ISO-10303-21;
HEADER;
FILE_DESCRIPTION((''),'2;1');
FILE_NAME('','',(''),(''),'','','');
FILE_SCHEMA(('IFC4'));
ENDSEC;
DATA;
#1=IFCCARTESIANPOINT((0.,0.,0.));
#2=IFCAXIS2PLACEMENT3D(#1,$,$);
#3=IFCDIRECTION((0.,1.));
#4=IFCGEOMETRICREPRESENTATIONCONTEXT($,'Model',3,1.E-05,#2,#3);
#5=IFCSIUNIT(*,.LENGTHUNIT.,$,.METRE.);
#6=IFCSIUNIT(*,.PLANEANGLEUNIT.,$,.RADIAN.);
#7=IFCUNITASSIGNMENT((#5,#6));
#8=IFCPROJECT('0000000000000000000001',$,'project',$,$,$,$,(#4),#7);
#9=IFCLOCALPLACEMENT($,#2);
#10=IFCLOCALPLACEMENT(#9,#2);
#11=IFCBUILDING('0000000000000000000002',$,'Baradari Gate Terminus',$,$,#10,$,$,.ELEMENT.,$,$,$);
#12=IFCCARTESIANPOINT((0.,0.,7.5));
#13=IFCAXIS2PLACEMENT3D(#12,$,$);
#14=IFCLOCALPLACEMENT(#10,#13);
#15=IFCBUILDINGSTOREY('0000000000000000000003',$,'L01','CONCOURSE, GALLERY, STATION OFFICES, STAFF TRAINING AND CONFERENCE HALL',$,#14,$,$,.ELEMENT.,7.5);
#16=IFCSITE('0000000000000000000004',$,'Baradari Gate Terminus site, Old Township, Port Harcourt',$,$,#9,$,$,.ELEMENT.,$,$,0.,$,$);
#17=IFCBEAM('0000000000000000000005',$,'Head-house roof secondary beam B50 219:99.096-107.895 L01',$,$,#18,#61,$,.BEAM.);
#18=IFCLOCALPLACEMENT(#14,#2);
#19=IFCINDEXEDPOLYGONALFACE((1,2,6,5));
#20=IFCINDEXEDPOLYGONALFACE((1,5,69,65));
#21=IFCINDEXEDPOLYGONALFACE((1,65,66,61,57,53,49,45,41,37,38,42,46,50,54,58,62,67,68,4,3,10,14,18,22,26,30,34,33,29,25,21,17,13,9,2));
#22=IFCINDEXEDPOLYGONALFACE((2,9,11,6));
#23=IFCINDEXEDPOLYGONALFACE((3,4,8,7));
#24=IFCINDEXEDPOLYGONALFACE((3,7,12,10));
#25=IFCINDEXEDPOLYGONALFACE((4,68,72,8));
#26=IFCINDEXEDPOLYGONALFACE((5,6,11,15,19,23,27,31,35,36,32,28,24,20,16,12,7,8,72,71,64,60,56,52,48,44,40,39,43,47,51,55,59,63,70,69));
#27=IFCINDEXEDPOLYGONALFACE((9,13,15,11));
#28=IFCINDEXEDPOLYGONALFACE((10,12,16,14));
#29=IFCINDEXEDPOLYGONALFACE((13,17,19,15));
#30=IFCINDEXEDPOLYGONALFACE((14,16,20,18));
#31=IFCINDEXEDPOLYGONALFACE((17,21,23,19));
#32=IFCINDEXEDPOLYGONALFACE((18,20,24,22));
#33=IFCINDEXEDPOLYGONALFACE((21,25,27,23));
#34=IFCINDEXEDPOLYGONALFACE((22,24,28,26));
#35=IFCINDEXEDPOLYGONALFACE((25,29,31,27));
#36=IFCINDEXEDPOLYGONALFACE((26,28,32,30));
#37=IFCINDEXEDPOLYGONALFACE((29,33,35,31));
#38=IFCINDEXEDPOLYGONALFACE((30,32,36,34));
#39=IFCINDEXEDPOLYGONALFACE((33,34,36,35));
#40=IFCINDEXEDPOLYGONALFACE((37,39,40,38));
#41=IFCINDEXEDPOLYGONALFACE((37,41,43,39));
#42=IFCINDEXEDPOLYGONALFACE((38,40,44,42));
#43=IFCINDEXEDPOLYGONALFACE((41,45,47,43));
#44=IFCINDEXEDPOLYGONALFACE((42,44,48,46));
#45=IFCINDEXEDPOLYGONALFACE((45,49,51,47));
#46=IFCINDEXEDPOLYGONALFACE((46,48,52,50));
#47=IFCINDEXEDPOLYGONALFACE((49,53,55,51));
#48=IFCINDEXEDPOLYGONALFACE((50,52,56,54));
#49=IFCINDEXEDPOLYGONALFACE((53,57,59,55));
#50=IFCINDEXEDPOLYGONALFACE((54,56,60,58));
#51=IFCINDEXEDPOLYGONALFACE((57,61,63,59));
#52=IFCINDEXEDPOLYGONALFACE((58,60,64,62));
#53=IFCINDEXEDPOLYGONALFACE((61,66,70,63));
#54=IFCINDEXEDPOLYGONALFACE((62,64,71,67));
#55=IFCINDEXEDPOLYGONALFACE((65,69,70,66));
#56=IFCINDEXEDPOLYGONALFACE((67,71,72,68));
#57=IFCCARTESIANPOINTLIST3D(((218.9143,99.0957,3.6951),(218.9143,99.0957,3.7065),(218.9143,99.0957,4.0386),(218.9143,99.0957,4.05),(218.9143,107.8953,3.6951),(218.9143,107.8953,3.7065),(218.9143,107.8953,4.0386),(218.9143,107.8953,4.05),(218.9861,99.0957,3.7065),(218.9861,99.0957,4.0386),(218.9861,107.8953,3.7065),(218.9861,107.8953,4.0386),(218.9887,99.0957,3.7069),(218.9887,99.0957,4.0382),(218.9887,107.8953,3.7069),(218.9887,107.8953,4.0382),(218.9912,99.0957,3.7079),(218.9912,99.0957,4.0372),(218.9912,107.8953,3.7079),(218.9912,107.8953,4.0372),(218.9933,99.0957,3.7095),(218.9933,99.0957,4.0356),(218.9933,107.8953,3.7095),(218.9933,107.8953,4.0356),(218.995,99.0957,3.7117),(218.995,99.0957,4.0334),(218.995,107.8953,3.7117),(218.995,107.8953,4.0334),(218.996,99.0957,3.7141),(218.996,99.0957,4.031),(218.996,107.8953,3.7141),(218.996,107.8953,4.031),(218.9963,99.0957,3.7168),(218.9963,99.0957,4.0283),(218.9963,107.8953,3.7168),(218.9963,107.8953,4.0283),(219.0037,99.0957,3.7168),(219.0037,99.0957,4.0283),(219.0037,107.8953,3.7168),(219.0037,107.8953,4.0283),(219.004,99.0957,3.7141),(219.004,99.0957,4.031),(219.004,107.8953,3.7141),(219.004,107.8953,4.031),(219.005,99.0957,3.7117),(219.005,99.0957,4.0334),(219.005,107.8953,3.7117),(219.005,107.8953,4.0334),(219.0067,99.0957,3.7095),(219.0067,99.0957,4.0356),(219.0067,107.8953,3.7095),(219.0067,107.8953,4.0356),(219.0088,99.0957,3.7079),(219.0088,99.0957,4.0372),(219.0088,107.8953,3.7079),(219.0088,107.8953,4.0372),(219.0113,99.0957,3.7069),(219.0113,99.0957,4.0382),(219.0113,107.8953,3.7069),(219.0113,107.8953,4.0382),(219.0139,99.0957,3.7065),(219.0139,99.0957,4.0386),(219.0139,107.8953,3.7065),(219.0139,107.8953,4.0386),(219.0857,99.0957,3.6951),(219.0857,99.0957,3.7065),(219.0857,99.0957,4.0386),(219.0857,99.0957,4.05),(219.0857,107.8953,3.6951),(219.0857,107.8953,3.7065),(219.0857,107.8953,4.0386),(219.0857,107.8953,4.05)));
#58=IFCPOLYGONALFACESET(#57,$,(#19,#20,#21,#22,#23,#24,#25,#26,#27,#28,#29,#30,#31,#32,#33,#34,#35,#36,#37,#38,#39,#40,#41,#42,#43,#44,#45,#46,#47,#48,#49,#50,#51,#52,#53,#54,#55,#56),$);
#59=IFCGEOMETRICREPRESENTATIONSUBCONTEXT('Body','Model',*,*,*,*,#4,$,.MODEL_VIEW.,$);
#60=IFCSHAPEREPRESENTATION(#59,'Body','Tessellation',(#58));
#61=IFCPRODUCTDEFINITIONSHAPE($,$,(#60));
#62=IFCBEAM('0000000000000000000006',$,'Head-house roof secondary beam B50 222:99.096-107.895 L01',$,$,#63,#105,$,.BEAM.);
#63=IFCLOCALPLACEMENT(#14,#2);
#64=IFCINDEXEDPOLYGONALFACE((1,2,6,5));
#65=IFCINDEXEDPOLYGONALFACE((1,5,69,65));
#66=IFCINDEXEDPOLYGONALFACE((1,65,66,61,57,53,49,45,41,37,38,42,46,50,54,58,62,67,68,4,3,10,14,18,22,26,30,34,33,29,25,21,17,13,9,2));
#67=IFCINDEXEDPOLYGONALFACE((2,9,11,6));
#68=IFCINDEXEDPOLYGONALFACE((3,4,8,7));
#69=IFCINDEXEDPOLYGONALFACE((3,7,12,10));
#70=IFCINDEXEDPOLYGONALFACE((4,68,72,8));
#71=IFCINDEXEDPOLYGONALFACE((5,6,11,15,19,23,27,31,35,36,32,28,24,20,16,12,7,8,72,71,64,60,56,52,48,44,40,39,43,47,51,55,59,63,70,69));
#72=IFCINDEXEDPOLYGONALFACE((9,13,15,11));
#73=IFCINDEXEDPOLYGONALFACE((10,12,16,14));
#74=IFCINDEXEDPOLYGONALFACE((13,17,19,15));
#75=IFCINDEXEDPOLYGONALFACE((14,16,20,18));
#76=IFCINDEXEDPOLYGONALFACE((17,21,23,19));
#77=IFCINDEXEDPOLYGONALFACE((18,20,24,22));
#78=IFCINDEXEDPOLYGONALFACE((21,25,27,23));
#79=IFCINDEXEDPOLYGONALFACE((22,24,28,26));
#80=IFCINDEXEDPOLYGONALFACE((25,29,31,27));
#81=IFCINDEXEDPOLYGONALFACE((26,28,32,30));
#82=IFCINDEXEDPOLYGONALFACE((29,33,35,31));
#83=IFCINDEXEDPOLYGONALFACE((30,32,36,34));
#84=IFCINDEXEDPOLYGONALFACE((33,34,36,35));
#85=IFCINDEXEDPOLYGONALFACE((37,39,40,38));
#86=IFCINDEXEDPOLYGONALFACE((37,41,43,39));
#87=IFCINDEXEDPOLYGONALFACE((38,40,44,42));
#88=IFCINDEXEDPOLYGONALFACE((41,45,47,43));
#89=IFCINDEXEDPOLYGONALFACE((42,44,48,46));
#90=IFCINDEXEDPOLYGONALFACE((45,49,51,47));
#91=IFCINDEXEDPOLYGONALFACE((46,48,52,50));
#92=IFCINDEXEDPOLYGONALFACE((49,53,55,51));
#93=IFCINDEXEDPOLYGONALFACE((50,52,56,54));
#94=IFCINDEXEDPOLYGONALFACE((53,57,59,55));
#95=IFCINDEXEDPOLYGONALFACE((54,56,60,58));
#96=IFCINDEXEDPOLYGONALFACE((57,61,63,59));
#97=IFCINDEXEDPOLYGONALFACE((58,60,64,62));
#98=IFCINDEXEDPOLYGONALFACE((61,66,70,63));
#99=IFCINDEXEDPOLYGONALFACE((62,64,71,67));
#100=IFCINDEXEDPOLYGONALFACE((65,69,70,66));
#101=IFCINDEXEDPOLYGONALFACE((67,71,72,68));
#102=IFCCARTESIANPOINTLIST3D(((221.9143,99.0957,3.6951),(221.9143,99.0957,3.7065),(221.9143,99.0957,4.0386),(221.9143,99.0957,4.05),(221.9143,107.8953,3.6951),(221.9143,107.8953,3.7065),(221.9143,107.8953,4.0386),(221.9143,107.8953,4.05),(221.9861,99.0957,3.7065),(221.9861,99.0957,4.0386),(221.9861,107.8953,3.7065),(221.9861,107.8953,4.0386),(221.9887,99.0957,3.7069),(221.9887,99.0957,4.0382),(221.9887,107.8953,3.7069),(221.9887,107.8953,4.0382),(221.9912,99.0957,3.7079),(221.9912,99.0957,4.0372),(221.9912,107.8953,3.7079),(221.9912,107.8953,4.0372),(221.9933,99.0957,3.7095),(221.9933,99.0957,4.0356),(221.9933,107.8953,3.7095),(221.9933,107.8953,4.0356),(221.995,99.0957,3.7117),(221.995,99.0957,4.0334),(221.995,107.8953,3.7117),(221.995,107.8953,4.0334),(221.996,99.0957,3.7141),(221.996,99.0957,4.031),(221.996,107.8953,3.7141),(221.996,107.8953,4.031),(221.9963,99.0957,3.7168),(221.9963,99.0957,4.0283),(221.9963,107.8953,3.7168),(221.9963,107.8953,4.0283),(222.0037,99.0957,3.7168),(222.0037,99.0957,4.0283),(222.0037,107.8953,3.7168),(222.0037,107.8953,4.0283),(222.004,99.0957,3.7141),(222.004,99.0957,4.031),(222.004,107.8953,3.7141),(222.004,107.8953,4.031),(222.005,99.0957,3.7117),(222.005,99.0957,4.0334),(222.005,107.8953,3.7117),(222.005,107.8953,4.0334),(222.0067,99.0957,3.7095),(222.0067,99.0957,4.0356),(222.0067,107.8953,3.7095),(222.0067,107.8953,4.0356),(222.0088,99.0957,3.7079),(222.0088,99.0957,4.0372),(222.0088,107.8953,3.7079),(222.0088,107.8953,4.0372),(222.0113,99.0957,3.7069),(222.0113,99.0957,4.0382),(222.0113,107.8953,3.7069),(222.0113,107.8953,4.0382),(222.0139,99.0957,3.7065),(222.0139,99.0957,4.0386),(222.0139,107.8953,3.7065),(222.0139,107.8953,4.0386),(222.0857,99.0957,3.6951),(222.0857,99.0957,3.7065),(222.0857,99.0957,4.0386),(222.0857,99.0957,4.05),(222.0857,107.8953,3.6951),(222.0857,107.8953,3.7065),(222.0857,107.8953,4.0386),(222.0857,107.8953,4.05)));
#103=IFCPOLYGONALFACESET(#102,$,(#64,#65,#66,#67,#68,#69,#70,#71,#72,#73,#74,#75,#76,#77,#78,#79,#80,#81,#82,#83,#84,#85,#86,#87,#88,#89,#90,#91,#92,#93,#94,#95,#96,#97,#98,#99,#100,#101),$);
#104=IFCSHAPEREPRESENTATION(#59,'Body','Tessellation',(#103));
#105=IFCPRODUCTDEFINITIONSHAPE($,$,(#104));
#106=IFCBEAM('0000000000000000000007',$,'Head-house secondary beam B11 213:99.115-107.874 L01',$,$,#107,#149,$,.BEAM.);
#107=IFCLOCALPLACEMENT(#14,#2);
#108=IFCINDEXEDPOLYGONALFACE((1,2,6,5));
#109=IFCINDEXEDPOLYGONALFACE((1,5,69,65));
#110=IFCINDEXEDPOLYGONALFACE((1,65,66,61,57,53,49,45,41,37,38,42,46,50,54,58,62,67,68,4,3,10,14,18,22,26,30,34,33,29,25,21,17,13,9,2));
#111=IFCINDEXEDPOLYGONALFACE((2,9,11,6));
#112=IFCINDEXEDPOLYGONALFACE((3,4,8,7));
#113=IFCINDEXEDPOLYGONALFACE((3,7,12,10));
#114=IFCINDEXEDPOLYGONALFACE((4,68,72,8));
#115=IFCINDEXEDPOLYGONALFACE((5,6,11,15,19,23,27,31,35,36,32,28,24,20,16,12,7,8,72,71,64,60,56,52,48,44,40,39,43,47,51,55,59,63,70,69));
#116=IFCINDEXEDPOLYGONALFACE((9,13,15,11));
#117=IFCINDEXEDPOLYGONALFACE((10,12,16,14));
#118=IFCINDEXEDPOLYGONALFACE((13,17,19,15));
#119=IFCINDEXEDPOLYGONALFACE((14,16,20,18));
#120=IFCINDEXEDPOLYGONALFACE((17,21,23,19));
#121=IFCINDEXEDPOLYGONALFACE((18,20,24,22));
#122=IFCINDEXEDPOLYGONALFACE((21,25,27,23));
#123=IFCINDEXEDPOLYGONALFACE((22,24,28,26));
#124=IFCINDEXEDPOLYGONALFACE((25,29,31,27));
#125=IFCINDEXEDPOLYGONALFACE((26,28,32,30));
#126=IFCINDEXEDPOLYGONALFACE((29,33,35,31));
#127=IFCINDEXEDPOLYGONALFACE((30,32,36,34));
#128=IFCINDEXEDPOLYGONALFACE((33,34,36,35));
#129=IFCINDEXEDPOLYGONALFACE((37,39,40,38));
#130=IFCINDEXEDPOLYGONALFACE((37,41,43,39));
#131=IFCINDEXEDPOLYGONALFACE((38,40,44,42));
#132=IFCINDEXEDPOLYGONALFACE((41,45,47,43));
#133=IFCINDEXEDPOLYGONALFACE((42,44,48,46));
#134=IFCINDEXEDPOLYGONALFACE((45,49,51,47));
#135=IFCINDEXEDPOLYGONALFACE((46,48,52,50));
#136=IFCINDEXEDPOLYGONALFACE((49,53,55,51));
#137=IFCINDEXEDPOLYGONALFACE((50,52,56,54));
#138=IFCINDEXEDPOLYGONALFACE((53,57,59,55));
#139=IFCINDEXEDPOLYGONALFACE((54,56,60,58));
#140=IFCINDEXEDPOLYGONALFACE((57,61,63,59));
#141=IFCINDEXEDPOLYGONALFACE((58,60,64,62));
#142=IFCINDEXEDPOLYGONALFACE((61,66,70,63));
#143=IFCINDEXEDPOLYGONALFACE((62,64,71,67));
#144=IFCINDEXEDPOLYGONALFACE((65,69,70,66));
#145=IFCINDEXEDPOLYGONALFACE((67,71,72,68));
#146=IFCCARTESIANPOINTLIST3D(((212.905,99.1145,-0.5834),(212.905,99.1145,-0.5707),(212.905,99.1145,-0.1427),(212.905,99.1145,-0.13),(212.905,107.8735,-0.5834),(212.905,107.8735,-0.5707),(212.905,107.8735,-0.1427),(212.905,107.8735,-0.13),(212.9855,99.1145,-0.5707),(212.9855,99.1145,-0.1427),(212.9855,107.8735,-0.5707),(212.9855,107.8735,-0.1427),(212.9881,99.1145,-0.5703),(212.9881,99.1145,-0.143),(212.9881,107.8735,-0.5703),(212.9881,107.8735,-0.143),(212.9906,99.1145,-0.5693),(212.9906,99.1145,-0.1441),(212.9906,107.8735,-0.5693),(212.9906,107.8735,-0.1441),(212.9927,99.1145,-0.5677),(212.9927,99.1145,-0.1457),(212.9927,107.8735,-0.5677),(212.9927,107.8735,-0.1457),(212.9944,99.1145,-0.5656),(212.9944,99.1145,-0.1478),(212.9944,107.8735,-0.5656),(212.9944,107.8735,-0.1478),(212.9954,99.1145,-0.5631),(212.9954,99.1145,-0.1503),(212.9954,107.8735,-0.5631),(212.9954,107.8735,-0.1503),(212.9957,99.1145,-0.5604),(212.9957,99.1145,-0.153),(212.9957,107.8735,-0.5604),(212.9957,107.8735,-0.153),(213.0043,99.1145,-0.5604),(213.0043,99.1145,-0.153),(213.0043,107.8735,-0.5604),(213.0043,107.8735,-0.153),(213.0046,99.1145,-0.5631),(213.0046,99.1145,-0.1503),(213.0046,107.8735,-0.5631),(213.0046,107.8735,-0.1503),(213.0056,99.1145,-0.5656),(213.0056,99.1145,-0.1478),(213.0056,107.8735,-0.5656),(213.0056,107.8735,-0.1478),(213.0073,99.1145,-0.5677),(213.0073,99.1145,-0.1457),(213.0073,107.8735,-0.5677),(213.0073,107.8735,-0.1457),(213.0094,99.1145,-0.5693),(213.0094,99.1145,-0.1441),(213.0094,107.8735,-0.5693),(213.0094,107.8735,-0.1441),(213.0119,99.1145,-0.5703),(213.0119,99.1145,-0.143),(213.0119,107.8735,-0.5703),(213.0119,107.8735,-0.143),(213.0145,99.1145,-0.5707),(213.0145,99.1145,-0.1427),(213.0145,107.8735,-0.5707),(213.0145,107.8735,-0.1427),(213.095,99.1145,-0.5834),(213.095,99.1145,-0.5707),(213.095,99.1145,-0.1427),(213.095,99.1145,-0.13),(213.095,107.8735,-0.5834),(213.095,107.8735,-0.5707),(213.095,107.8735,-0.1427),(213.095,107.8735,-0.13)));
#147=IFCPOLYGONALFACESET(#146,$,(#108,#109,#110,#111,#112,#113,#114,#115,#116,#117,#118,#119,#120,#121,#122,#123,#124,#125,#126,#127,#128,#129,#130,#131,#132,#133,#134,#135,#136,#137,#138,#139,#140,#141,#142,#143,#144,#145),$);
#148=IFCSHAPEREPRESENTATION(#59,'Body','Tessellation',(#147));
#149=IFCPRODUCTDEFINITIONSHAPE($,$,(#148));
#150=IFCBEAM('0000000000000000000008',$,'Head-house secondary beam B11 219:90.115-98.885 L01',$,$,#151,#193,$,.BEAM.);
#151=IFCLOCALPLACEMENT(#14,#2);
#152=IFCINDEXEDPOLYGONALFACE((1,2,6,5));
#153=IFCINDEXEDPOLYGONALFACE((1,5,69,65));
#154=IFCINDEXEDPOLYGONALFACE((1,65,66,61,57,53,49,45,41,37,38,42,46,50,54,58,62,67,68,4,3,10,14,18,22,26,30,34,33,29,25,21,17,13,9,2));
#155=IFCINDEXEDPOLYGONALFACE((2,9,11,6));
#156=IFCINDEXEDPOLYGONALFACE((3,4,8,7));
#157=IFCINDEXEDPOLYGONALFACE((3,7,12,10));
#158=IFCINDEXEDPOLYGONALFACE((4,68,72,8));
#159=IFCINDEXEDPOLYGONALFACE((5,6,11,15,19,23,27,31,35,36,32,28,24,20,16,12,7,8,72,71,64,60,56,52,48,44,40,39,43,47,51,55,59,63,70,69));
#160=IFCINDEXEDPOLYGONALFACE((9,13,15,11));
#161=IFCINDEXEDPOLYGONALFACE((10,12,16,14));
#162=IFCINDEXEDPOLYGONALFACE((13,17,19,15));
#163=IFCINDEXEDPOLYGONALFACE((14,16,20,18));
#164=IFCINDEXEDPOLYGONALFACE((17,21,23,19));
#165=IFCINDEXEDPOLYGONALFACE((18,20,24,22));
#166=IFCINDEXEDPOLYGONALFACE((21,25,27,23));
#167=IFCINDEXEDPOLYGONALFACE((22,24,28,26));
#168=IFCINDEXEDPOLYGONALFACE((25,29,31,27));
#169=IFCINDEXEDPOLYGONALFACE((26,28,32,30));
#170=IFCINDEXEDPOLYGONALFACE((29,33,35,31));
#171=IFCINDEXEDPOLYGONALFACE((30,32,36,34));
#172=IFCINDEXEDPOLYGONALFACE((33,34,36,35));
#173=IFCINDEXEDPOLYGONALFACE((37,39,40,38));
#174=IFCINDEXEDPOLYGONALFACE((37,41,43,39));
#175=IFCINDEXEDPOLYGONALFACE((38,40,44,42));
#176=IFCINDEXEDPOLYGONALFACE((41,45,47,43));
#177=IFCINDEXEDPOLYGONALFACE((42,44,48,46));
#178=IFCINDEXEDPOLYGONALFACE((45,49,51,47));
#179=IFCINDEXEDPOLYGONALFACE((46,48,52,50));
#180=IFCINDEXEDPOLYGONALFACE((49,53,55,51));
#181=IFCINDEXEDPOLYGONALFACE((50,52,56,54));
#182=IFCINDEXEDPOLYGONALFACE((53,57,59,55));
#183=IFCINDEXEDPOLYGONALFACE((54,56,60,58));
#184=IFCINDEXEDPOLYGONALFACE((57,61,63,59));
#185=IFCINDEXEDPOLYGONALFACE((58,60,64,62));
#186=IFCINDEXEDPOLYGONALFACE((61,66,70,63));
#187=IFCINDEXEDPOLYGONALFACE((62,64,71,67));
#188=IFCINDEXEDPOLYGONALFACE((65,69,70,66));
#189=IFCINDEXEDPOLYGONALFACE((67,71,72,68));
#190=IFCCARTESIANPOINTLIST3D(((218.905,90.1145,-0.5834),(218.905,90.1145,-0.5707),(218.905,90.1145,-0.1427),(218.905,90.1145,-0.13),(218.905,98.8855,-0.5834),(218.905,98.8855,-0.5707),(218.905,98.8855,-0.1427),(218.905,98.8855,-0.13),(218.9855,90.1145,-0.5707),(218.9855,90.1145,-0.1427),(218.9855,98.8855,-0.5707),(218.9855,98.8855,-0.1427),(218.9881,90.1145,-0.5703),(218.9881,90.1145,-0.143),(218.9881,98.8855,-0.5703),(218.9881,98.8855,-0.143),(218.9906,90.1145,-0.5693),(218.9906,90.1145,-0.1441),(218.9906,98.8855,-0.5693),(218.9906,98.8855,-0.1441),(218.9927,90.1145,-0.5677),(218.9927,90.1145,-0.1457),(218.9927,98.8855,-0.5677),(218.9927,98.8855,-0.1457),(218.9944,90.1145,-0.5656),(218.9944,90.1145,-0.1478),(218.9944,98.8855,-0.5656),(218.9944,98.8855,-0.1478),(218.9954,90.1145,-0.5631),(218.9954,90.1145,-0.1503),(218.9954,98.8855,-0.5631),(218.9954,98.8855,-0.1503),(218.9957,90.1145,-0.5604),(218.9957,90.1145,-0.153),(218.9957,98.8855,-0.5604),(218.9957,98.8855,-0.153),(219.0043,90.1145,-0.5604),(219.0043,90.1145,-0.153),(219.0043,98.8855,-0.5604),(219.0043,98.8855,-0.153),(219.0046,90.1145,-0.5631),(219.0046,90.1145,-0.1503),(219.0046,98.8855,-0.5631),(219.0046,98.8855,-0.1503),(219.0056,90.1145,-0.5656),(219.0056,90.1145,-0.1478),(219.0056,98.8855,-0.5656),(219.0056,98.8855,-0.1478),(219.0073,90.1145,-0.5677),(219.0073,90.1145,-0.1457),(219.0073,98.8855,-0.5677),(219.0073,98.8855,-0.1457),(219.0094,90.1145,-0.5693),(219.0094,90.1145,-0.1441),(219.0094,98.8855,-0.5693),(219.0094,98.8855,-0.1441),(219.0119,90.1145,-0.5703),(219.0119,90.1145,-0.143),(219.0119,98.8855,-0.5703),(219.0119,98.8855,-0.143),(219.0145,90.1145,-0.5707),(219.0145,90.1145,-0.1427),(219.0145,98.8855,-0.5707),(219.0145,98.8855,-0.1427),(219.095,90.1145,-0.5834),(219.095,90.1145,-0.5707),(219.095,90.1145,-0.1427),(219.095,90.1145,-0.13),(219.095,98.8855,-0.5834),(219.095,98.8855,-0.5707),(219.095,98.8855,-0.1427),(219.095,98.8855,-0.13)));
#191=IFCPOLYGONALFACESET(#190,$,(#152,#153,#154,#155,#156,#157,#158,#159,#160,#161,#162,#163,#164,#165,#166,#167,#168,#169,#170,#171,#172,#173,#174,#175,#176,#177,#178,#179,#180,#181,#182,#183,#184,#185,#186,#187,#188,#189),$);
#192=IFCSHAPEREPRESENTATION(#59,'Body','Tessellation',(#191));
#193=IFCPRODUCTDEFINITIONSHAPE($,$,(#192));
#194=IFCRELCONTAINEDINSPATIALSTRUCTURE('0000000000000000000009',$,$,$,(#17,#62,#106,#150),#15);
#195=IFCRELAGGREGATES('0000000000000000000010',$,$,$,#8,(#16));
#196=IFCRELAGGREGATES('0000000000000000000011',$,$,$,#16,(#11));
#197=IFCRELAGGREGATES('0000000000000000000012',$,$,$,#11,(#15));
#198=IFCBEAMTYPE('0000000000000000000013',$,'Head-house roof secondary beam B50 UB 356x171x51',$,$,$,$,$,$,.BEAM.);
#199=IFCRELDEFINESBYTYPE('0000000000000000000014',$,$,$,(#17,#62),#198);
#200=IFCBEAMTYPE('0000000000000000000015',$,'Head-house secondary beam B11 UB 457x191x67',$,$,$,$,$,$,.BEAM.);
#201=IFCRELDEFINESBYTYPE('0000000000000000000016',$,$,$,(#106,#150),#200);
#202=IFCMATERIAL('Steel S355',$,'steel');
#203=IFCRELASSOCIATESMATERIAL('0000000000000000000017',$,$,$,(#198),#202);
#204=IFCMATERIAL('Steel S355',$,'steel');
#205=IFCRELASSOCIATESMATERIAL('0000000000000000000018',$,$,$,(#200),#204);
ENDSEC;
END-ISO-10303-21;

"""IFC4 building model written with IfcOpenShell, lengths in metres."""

from ifc_helpers import new_model, si_unit, direction, frame, origin, origin_2d, place, context, subcontext, project, spatial, i_section, extrude, material, material_profile, profile_set, type_object, element, save


model = new_model("IFC4")

# Units and contexts
model_context = context("Model", 3, precision=1e-05, world=origin(), true_north=direction((0.0, 1.0)))
body_context = subcontext(model_context, "Body", "Model", "MODEL_VIEW")
ifc_project = project(units=[si_unit("LENGTHUNIT", "METRE"), si_unit("PLANEANGLEUNIT", "RADIAN")], contexts=[model_context])

# Site, building, storey
site_placement = place(None, origin())
site = spatial("IfcSite", under=ifc_project, at=site_placement, Name="Baradari Gate Terminus site, Old Township, Port Harcourt", CompositionType="ELEMENT", RefElevation=0.0)
building_placement = place(site_placement, origin())
building = spatial("IfcBuilding", under=site, at=building_placement, Name="Baradari Gate Terminus", CompositionType="ELEMENT")
storey_placement = place(building_placement, frame((0.0, 0.0, 7.5)))
storey = spatial("IfcBuildingStorey", under=building, at=storey_placement, Name="L01", Description="CONCOURSE, GALLERY, STATION OFFICES, STAFF TRAINING AND CONFERENCE HALL", CompositionType="ELEMENT", Elevation=7.5)

# Beams
ifc_material_1 = material(Name="Steel S355", Category="steel")
ifc_material_profile_1 = material_profile(ifc_material_1, i_section(OverallWidth=0.1714, OverallDepth=0.355, WebThickness=0.0073, FlangeThickness=0.0115, FilletRadius=0.0103, at=origin_2d()), Name="UB 356x171x51")
ifc_profile_set_1 = profile_set([ifc_material_profile_1], Name="Steel S355")
beam_type_1 = type_object("IfcBeamType", Name="Head-house roof secondary beam B50 UB 356x171x51", PredefinedType="BEAM", material=ifc_profile_set_1)
for number, where, z_axis, x_axis, name in (
    (1, (219.0, 99.0957, 3.8726), (0.0, 1.0, 0.0), (-1.0, 0.0, 0.0), "Head-house roof secondary beam B50 219:99.096-107.895 L01"),
    (2, (222.0, 99.0957, 3.8726), (0.0, 1.0, 0.0), (-1.0, 0.0, 0.0), "Head-house roof secondary beam B50 222:99.096-107.895 L01"),
):
    element("IfcBeam", number, at=place(storey_placement, frame(where, z_axis=z_axis, x_axis=x_axis)), inside=storey, type_object=beam_type_1, Name=name, PredefinedType="BEAM", context=body_context, shape_type="SweptSolid", body=[
        extrude(i_section(OverallWidth=0.1714, OverallDepth=0.355, WebThickness=0.0073, FlangeThickness=0.0115, FilletRadius=0.0103, at=origin_2d()), origin(), (0.0, 0.0, 1.0), 8.7996),
    ])
ifc_material_2 = material(Name="Steel S355", Category="steel")
ifc_material_profile_2 = material_profile(ifc_material_2, i_section(OverallWidth=0.1899, OverallDepth=0.4534, WebThickness=0.0085, FlangeThickness=0.0127, FilletRadius=0.0103, at=origin_2d()), Name="UB 457x191x67")
ifc_profile_set_2 = profile_set([ifc_material_profile_2], Name="Steel S355")
beam_type_2 = type_object("IfcBeamType", Name="Head-house secondary beam B11 UB 457x191x67", PredefinedType="BEAM", material=ifc_profile_set_2)
beam_1_placement = place(storey_placement, frame((213.0, 99.1145, -0.3567), z_axis=(0.0, 1.0, 0.0), x_axis=(-1.0, 0.0, 0.0)))
element("IfcBeam", 3, at=beam_1_placement, inside=storey, type_object=beam_type_2, Name="Head-house secondary beam B11 213:99.115-107.874 L01", PredefinedType="BEAM", context=body_context, shape_type="SweptSolid", body=[
    extrude(i_section(OverallWidth=0.1899, OverallDepth=0.4534, WebThickness=0.0085, FlangeThickness=0.0127, FilletRadius=0.0103, at=origin_2d()), origin(), (0.0, 0.0, 1.0), 8.759),
])
beam_2_placement = place(storey_placement, frame((219.0, 90.1145, -0.3567), z_axis=(0.0, 1.0, 0.0), x_axis=(-1.0, 0.0, 0.0)))
element("IfcBeam", 4, at=beam_2_placement, inside=storey, type_object=beam_type_2, Name="Head-house secondary beam B11 219:90.115-98.885 L01", PredefinedType="BEAM", context=body_context, shape_type="SweptSolid", body=[
    extrude(i_section(OverallWidth=0.1899, OverallDepth=0.4534, WebThickness=0.0085, FlangeThickness=0.0127, FilletRadius=0.0103, at=origin_2d()), origin(), (0.0, 0.0, 1.0), 8.771),
])

save(model, "model.ifc")
